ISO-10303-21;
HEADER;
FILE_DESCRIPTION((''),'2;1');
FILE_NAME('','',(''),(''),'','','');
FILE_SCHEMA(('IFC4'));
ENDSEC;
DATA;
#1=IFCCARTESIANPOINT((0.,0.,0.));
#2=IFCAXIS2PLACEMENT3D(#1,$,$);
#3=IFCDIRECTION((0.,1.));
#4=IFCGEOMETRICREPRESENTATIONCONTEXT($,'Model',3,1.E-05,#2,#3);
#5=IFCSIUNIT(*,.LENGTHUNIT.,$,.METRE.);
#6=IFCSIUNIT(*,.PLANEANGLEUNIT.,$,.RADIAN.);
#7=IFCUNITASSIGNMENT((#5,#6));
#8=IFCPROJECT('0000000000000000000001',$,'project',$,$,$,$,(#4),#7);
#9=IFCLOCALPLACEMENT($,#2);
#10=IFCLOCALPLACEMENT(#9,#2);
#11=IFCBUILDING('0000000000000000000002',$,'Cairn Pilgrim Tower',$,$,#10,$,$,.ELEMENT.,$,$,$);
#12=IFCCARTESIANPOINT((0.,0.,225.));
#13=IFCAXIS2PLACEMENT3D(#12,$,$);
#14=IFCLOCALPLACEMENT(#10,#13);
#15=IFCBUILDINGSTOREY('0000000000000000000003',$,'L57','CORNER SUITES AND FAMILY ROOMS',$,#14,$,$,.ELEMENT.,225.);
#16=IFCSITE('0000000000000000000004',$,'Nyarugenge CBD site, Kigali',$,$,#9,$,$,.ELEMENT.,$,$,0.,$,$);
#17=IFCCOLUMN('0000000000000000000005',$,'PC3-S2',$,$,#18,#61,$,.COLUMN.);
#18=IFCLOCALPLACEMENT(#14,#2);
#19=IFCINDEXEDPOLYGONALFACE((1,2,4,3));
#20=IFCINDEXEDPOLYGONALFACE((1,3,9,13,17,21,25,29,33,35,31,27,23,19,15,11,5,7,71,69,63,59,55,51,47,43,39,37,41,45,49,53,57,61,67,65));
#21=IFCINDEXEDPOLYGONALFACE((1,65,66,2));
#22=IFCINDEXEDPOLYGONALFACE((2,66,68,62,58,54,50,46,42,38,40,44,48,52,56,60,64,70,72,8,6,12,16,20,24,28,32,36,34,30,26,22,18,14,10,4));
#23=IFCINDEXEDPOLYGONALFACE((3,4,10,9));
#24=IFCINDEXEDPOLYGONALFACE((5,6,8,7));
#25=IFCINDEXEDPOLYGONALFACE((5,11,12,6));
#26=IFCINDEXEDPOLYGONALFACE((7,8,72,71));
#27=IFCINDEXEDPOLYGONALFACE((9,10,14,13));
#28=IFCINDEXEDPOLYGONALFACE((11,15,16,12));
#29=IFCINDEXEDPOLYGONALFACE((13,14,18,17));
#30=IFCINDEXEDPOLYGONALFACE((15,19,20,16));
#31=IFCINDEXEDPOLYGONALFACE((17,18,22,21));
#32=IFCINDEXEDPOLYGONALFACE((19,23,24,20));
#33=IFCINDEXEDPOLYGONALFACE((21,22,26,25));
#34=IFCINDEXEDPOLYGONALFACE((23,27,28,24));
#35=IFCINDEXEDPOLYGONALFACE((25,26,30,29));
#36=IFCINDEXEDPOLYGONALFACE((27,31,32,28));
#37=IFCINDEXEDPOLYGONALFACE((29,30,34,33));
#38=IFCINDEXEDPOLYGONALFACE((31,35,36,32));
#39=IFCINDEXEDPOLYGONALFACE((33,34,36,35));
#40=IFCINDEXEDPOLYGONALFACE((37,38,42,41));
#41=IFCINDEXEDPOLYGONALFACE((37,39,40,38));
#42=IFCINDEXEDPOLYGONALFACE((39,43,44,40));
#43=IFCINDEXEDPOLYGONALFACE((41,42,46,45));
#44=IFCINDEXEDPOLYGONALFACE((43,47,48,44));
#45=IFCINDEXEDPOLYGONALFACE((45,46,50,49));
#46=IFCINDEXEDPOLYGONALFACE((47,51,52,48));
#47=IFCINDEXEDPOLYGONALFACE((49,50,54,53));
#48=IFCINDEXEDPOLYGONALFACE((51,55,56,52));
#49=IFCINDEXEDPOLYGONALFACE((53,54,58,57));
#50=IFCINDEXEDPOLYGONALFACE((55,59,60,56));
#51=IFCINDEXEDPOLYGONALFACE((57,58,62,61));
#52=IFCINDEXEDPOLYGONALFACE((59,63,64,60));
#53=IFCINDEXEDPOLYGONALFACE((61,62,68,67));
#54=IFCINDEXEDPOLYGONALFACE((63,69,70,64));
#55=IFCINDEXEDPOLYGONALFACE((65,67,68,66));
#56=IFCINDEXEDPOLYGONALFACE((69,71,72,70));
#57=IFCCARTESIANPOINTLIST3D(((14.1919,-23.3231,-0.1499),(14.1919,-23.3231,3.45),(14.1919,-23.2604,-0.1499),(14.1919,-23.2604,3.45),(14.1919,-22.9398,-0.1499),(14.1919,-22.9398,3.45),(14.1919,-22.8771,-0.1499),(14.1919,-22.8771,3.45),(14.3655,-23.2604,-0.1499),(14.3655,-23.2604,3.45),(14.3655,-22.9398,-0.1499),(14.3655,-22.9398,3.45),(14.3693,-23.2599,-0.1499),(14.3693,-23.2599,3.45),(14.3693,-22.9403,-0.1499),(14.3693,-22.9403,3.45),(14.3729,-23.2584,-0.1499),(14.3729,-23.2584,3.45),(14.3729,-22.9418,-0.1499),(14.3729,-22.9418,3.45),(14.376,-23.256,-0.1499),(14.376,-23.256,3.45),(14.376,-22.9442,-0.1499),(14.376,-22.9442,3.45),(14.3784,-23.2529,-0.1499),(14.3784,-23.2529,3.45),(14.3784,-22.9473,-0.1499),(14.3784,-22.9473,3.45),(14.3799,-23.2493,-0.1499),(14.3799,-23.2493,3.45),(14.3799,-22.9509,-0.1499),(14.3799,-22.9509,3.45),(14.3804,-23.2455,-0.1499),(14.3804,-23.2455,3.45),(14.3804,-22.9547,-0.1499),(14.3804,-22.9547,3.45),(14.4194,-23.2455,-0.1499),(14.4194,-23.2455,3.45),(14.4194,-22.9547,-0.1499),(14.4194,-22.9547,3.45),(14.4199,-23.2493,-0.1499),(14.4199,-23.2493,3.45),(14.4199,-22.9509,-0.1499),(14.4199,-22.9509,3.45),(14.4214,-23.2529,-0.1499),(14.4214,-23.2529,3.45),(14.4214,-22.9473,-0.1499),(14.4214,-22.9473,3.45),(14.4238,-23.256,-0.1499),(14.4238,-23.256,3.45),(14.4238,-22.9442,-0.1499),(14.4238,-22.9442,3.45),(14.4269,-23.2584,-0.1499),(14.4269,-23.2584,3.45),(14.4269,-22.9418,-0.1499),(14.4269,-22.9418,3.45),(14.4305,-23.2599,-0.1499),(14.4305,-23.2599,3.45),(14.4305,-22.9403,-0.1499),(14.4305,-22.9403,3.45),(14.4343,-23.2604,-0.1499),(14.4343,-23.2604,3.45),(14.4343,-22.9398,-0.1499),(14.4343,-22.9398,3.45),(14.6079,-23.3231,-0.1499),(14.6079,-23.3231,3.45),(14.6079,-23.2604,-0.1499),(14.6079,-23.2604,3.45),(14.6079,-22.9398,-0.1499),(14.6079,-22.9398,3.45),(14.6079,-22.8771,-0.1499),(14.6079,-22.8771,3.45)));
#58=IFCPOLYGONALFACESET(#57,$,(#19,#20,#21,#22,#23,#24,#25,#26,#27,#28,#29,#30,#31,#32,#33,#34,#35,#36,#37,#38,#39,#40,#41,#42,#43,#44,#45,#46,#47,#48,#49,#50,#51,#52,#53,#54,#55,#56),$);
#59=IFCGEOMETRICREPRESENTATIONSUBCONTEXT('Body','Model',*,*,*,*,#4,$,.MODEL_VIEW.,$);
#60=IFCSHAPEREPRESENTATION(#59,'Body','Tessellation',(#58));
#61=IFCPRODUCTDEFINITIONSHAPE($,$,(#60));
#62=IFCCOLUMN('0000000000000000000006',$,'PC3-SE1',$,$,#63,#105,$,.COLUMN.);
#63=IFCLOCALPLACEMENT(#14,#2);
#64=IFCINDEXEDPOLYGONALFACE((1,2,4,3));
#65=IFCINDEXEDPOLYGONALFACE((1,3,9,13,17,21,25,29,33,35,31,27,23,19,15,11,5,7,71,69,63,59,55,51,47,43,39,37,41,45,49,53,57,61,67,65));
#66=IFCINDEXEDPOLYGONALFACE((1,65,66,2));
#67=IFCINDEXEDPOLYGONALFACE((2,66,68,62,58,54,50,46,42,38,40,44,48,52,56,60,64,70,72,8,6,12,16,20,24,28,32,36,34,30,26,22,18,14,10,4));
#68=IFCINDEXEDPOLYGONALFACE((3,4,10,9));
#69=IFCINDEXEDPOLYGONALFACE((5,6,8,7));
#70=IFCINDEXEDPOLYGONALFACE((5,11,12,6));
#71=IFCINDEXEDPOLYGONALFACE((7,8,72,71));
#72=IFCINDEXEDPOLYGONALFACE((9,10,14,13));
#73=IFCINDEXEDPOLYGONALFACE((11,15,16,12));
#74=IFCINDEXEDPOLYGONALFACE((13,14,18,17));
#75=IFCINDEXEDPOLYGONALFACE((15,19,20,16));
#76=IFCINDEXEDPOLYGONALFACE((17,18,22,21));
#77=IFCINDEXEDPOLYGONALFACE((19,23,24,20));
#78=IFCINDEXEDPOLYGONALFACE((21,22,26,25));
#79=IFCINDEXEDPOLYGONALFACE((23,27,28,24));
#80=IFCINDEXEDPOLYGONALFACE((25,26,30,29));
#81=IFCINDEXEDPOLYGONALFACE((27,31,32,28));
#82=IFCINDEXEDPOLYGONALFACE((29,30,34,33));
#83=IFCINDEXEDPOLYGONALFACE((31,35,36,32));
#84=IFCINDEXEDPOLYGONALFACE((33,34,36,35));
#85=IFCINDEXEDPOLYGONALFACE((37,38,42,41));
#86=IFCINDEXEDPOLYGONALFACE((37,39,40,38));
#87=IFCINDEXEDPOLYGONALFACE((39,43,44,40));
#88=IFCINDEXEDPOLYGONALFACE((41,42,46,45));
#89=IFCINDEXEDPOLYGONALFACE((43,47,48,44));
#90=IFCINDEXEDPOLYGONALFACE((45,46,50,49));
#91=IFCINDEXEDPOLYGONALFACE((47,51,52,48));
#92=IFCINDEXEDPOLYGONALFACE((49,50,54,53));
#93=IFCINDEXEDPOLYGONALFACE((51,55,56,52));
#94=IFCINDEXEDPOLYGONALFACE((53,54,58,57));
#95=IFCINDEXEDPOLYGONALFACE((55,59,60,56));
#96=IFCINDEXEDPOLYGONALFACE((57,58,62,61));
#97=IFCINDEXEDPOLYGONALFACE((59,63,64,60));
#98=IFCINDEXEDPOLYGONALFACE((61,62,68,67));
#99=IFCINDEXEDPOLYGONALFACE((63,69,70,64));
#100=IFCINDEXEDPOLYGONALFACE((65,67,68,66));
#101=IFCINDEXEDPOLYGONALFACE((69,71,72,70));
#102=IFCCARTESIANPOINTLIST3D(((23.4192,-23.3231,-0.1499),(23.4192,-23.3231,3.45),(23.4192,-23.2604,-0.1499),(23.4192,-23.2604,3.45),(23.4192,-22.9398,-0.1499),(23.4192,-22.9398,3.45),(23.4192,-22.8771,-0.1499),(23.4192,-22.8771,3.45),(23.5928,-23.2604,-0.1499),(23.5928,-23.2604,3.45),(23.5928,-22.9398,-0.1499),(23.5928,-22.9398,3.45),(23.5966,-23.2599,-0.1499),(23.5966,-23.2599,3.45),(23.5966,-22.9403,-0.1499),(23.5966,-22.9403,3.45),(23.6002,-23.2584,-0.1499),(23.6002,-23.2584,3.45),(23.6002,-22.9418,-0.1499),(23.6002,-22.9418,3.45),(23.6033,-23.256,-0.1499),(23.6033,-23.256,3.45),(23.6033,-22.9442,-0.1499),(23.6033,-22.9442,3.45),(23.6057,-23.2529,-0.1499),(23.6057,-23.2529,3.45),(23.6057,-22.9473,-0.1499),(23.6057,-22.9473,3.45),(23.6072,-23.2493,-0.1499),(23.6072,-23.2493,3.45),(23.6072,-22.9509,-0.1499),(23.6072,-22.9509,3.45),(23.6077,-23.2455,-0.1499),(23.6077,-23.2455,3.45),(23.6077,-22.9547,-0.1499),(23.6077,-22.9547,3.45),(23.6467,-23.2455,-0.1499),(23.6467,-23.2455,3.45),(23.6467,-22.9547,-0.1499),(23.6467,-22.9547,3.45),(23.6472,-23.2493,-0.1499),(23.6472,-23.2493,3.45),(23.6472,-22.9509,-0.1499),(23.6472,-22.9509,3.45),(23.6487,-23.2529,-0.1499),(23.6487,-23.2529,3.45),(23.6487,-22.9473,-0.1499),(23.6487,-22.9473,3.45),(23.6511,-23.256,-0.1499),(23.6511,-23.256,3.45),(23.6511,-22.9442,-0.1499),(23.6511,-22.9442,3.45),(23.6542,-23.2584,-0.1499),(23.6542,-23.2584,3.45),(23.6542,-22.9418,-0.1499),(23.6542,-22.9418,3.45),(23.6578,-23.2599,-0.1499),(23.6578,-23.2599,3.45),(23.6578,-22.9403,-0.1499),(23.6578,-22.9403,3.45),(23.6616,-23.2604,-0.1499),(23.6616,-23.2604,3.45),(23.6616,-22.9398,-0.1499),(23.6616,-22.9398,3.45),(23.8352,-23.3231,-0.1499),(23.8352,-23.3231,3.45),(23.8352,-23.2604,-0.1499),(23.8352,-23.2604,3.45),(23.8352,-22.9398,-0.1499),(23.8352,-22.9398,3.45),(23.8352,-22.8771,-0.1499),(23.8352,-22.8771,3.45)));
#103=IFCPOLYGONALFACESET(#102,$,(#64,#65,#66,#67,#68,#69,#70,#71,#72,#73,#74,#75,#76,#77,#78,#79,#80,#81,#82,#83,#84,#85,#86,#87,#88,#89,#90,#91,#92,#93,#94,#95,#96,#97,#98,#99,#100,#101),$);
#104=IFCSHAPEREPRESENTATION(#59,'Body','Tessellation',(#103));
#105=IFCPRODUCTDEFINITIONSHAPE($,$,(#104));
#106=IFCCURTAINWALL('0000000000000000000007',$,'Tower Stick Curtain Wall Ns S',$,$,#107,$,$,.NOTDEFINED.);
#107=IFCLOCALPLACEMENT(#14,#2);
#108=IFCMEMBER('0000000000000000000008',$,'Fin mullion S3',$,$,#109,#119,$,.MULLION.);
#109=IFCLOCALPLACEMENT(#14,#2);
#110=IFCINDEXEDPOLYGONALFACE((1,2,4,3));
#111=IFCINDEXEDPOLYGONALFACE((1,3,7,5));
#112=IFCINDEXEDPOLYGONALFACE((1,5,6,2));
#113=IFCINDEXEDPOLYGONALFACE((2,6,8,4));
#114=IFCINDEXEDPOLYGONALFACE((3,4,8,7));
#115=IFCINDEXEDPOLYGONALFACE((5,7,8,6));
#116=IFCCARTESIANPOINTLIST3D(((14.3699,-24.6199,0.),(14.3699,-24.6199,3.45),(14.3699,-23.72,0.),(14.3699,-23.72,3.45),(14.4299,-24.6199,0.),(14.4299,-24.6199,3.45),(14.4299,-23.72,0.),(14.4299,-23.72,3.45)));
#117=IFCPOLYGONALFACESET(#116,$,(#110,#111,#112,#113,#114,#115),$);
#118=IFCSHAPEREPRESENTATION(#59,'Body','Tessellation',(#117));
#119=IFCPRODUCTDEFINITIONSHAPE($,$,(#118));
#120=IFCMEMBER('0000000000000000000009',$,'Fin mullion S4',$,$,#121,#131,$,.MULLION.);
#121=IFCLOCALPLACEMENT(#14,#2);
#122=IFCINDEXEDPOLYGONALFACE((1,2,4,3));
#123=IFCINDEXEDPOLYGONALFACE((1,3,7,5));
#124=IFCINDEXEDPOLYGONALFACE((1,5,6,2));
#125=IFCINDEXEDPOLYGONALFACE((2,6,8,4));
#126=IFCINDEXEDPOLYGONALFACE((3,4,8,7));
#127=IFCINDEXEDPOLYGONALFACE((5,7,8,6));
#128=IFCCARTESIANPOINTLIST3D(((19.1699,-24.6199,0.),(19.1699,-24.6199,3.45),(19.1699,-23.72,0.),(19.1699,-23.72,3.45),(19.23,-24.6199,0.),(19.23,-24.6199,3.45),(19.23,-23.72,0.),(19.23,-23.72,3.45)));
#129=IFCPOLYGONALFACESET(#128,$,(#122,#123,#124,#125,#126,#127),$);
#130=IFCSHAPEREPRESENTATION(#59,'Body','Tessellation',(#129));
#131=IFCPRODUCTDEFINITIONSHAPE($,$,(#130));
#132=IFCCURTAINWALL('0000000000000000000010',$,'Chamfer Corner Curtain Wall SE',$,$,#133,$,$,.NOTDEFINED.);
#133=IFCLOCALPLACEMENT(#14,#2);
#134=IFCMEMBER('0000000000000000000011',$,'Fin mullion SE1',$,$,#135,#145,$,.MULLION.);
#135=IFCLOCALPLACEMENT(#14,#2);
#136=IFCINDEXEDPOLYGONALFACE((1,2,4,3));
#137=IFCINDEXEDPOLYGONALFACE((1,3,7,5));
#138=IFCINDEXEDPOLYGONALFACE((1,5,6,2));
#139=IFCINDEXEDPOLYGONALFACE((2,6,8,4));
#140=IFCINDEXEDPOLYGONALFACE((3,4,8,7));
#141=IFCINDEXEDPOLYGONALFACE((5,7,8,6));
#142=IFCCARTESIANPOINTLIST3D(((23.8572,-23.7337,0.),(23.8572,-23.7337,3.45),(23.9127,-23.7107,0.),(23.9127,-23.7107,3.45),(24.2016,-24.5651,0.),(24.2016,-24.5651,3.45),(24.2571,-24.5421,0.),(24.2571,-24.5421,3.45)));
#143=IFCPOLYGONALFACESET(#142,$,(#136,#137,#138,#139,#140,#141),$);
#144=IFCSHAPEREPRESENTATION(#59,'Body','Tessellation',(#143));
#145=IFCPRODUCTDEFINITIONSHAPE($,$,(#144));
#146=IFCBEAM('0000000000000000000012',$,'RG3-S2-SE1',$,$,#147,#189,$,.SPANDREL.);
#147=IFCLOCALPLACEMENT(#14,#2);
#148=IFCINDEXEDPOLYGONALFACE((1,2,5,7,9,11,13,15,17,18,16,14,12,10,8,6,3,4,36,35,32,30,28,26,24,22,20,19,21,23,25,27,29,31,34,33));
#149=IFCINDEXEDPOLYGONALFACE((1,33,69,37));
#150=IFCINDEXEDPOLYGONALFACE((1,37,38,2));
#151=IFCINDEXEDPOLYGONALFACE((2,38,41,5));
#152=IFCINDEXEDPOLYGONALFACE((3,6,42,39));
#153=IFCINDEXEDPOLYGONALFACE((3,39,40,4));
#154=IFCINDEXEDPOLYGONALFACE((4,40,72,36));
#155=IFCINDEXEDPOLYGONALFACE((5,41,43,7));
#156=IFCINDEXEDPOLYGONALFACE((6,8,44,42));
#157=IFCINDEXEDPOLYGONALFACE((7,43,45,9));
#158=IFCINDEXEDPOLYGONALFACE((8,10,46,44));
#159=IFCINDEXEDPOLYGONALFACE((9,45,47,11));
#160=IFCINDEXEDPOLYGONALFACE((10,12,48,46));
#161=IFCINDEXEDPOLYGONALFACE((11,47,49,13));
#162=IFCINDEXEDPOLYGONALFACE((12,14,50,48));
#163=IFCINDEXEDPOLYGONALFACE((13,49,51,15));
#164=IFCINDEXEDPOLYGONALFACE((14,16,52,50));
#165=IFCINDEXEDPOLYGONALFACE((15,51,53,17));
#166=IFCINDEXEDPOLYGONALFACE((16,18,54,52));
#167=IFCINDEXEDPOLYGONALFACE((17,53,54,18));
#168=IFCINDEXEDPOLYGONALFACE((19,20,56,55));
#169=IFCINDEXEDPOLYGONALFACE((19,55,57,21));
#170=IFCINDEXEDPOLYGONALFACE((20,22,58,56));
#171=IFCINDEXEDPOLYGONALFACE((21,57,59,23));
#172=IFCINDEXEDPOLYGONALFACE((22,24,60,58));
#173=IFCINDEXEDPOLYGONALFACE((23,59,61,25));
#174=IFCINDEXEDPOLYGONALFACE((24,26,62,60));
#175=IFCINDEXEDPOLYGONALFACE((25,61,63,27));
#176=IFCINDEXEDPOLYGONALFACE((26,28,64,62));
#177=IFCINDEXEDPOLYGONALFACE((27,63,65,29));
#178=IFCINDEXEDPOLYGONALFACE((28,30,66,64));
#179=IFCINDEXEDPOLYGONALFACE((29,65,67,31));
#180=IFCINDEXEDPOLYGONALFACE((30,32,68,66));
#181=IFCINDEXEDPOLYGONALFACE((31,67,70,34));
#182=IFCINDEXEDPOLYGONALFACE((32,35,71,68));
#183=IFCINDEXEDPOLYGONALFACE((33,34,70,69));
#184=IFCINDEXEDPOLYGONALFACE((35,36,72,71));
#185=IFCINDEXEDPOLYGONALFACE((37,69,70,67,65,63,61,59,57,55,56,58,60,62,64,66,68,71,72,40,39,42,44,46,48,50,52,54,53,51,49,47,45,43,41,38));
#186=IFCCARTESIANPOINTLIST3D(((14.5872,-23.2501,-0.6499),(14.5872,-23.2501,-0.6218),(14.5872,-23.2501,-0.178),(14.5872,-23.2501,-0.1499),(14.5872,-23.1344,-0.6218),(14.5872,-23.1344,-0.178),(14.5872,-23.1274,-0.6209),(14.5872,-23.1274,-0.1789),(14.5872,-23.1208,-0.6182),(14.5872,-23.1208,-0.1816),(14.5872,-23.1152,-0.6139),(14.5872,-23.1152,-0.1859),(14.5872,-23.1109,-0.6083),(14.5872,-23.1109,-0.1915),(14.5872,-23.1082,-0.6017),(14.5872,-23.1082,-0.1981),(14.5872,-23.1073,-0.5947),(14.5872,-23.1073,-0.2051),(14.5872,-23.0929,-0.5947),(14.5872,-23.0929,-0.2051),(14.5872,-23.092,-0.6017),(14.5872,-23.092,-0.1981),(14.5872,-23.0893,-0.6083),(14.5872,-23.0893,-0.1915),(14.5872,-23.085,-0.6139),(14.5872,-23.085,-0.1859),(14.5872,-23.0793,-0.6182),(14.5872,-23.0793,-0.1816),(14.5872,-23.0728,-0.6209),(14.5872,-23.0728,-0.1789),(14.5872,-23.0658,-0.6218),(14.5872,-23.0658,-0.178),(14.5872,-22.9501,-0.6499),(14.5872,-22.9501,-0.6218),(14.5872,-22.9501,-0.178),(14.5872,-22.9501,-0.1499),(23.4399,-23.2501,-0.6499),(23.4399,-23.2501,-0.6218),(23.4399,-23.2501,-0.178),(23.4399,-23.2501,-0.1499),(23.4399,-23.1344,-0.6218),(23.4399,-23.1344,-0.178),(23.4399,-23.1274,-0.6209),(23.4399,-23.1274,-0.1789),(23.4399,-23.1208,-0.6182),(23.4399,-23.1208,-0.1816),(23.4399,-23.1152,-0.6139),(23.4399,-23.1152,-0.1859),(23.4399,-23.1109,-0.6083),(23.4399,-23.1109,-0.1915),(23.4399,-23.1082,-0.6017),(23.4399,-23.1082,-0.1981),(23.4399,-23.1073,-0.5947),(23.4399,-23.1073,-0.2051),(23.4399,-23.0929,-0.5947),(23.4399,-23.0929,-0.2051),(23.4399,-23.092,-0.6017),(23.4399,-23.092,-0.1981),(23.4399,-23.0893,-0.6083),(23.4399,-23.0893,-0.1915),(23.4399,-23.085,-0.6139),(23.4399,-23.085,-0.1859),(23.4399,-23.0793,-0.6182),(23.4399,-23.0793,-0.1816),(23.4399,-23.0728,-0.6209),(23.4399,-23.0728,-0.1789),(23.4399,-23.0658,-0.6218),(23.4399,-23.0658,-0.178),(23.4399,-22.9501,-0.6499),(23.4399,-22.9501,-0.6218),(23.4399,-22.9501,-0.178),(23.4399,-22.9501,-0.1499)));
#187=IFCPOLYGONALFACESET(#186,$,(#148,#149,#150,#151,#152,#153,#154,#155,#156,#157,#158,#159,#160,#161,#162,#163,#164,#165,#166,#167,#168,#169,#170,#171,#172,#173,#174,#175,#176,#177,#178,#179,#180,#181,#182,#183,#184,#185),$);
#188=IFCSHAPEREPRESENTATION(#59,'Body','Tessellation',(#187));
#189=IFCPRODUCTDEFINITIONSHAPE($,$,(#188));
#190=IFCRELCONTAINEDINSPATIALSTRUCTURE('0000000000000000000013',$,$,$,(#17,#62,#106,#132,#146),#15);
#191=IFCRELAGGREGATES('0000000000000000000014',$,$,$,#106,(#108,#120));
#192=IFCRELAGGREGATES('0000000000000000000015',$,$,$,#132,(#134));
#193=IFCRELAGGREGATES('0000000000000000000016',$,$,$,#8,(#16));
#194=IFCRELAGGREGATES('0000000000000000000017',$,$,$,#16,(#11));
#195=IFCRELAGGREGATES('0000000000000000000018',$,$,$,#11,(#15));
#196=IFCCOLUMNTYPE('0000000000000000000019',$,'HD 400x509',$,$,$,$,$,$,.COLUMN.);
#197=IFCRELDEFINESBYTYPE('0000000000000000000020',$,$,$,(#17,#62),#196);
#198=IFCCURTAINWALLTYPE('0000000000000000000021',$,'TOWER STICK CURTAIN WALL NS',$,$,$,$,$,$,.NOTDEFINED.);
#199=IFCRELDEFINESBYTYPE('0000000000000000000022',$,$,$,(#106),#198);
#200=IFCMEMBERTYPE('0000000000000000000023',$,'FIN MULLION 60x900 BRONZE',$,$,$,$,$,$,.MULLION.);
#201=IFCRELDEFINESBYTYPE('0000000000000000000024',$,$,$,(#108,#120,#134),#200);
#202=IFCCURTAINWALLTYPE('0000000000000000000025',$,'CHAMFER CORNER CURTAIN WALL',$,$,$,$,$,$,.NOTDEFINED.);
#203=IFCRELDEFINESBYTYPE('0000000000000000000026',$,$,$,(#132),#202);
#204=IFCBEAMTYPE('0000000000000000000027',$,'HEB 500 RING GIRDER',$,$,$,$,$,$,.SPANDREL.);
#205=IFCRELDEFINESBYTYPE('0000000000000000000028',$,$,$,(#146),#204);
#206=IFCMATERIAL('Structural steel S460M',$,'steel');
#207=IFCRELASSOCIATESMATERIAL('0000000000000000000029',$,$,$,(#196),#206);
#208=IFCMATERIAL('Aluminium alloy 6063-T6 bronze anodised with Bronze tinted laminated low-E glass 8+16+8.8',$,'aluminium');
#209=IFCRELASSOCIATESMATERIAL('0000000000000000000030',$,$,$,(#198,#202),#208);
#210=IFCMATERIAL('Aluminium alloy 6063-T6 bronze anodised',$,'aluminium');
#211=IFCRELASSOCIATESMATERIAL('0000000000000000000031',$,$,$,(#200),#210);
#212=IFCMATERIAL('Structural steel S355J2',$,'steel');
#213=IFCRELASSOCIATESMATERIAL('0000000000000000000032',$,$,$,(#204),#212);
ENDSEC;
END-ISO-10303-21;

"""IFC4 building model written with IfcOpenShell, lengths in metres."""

from ifc_helpers import new_model, si_unit, direction, frame, origin, origin_2d, place, context, subcontext, project, spatial, rectangle, i_section, extrude, material, material_profile, profile_set, type_object, element, aggregate, save


model = new_model("IFC4")

# Units and contexts
model_context = context("Model", 3, precision=1e-05, world=origin(), true_north=direction((0.0, 1.0)))
body_context = subcontext(model_context, "Body", "Model", "MODEL_VIEW")
ifc_project = project(units=[si_unit("LENGTHUNIT", "METRE"), si_unit("PLANEANGLEUNIT", "RADIAN")], contexts=[model_context])

# Site, building, storey
site_placement = place(None, origin())
site = spatial("IfcSite", under=ifc_project, at=site_placement, Name="Nyarugenge CBD site, Kigali", CompositionType="ELEMENT", RefElevation=0.0)
building_placement = place(site_placement, origin())
building = spatial("IfcBuilding", under=site, at=building_placement, Name="Cairn Pilgrim Tower", CompositionType="ELEMENT")
storey_placement = place(building_placement, frame((0.0, 0.0, 225.0)))
storey = spatial("IfcBuildingStorey", under=building, at=storey_placement, Name="L57", Description="CORNER SUITES AND FAMILY ROOMS", CompositionType="ELEMENT", Elevation=225.0)

# Columns
ifc_material_1 = material(Name="Structural steel S460M", Category="steel")
ifc_material_profile_1 = material_profile(ifc_material_1, i_section(OverallWidth=0.416, OverallDepth=0.446, WebThickness=0.0391, FlangeThickness=0.0627, FilletRadius=0.0149, at=origin_2d()), Name="HD 400x509")
ifc_profile_set_1 = profile_set([ifc_material_profile_1], Name="Structural steel S460M")
column_type = type_object("IfcColumnType", Name="HD 400x509", PredefinedType="COLUMN", material=ifc_profile_set_1)
for number, where, z_axis, x_axis, name in (
    (1, (14.3999, -23.1001, -0.1499), (0.0, 0.0, 1.0), (1.0, 0.0, 0.0), "PC3-S2"),
    (2, (23.6272, -23.1001, -0.1499), (0.0, 0.0, 1.0), (1.0, 0.0, 0.0), "PC3-SE1"),
):
    element("IfcColumn", number, at=place(storey_placement, frame(where, z_axis=z_axis, x_axis=x_axis)), inside=storey, type_object=column_type, Name=name, PredefinedType="COLUMN", context=body_context, shape_type="SweptSolid", body=[
        extrude(i_section(OverallWidth=0.416, OverallDepth=0.446, WebThickness=0.0391, FlangeThickness=0.0627, FilletRadius=0.0149, at=origin_2d()), origin(), (0.0, 0.0, 1.0), 3.5999),
    ])

# Curtain wall, members
ifc_material_2 = material(Name="Aluminium alloy 6063-T6 bronze anodised with Bronze tinted laminated low-E glass 8+16+8.8", Category="aluminium")
curtain_wall_type_1 = type_object("IfcCurtainWallType", Name="TOWER STICK CURTAIN WALL NS", PredefinedType="NOTDEFINED", material=ifc_material_2)
curtain_wall_1_placement = place(storey_placement, origin())
curtain_wall_1 = element("IfcCurtainWall", 3, at=curtain_wall_1_placement, inside=storey, type_object=curtain_wall_type_1, Name="Tower Stick Curtain Wall Ns S", PredefinedType="NOTDEFINED")
ifc_material_3 = material(Name="Aluminium alloy 6063-T6 bronze anodised", Category="aluminium")
ifc_material_profile_2 = material_profile(ifc_material_3, rectangle(XDim=0.8999, YDim=0.0601, at=origin_2d()), Name="FIN MULLION 60x900 BRONZE")
ifc_profile_set_2 = profile_set([ifc_material_profile_2], Name="Aluminium alloy 6063-T6 bronze anodised")
member_type = type_object("IfcMemberType", Name="FIN MULLION 60x900 BRONZE", PredefinedType="MULLION", material=ifc_profile_set_2)
member_1_placement = place(storey_placement, frame((14.3999, -24.1699, 0.0), z_axis=(0.0, 0.0, 1.0), x_axis=(0.0, -1.0, 0.0)))
member_1 = element("IfcMember", 4, at=member_1_placement, type_object=member_type, Name="Fin mullion S3", PredefinedType="MULLION", context=body_context, shape_type="SweptSolid", body=[
    extrude(rectangle(XDim=0.8999, YDim=0.0601, at=origin_2d()), origin(), (0.0, 0.0, 1.0), 3.45),
])
member_2_placement = place(storey_placement, frame((19.2, -24.1699, 0.0), z_axis=(0.0, 0.0, 1.0), x_axis=(0.0, -1.0, 0.0)))
member_2 = element("IfcMember", 5, at=member_2_placement, type_object=member_type, Name="Fin mullion S4", PredefinedType="MULLION", context=body_context, shape_type="SweptSolid", body=[
    extrude(rectangle(XDim=0.8999, YDim=0.0601, at=origin_2d()), origin(), (0.0, 0.0, 1.0), 3.45),
])
aggregate(curtain_wall_1, [member_1, member_2])

# Curtain wall, member
curtain_wall_type_2 = type_object("IfcCurtainWallType", Name="CHAMFER CORNER CURTAIN WALL", PredefinedType="NOTDEFINED", material=ifc_material_2)
curtain_wall_2_placement = place(storey_placement, origin())
curtain_wall_2 = element("IfcCurtainWall", 6, at=curtain_wall_2_placement, inside=storey, type_object=curtain_wall_type_2, Name="Chamfer Corner Curtain Wall SE", PredefinedType="NOTDEFINED")
member_3_placement = place(storey_placement, frame((24.0571, -24.1379, 0.0), z_axis=(0.0, 0.0, 1.0), x_axis=(0.382683, -0.92388, 0.0)))
member_3 = element("IfcMember", 7, at=member_3_placement, type_object=member_type, Name="Fin mullion SE1", PredefinedType="MULLION", context=body_context, shape_type="SweptSolid", body=[
    extrude(rectangle(XDim=0.8999, YDim=0.0601, at=origin_2d()), origin(), (0.0, 0.0, 1.0), 3.45),
])
aggregate(curtain_wall_2, [member_3])

# Beam
ifc_material_4 = material(Name="Structural steel S355J2", Category="steel")
ifc_material_profile_3 = material_profile(ifc_material_4, i_section(OverallWidth=0.3, OverallDepth=0.5, WebThickness=0.0144, FlangeThickness=0.0281, FilletRadius=0.0271, at=origin_2d()), Name="HEB 500")
ifc_profile_set_3 = profile_set([ifc_material_profile_3], Name="Structural steel S355J2")
beam_type = type_object("IfcBeamType", Name="HEB 500 RING GIRDER", PredefinedType="SPANDREL", material=ifc_profile_set_3)
beam_placement = place(storey_placement, frame((14.5872, -23.1001, -0.3999), z_axis=(1.0, 0.0, 0.0), x_axis=(0.0, 1.0, 0.0)))
element("IfcBeam", 8, at=beam_placement, inside=storey, type_object=beam_type, Name="RG3-S2-SE1", PredefinedType="SPANDREL", context=body_context, shape_type="SweptSolid", body=[
    extrude(i_section(OverallWidth=0.3, OverallDepth=0.5, WebThickness=0.0144, FlangeThickness=0.0281, FilletRadius=0.0271, at=origin_2d()), origin(), (0.0, 0.0, 1.0), 8.8528),
])

save(model, "model.ifc")
